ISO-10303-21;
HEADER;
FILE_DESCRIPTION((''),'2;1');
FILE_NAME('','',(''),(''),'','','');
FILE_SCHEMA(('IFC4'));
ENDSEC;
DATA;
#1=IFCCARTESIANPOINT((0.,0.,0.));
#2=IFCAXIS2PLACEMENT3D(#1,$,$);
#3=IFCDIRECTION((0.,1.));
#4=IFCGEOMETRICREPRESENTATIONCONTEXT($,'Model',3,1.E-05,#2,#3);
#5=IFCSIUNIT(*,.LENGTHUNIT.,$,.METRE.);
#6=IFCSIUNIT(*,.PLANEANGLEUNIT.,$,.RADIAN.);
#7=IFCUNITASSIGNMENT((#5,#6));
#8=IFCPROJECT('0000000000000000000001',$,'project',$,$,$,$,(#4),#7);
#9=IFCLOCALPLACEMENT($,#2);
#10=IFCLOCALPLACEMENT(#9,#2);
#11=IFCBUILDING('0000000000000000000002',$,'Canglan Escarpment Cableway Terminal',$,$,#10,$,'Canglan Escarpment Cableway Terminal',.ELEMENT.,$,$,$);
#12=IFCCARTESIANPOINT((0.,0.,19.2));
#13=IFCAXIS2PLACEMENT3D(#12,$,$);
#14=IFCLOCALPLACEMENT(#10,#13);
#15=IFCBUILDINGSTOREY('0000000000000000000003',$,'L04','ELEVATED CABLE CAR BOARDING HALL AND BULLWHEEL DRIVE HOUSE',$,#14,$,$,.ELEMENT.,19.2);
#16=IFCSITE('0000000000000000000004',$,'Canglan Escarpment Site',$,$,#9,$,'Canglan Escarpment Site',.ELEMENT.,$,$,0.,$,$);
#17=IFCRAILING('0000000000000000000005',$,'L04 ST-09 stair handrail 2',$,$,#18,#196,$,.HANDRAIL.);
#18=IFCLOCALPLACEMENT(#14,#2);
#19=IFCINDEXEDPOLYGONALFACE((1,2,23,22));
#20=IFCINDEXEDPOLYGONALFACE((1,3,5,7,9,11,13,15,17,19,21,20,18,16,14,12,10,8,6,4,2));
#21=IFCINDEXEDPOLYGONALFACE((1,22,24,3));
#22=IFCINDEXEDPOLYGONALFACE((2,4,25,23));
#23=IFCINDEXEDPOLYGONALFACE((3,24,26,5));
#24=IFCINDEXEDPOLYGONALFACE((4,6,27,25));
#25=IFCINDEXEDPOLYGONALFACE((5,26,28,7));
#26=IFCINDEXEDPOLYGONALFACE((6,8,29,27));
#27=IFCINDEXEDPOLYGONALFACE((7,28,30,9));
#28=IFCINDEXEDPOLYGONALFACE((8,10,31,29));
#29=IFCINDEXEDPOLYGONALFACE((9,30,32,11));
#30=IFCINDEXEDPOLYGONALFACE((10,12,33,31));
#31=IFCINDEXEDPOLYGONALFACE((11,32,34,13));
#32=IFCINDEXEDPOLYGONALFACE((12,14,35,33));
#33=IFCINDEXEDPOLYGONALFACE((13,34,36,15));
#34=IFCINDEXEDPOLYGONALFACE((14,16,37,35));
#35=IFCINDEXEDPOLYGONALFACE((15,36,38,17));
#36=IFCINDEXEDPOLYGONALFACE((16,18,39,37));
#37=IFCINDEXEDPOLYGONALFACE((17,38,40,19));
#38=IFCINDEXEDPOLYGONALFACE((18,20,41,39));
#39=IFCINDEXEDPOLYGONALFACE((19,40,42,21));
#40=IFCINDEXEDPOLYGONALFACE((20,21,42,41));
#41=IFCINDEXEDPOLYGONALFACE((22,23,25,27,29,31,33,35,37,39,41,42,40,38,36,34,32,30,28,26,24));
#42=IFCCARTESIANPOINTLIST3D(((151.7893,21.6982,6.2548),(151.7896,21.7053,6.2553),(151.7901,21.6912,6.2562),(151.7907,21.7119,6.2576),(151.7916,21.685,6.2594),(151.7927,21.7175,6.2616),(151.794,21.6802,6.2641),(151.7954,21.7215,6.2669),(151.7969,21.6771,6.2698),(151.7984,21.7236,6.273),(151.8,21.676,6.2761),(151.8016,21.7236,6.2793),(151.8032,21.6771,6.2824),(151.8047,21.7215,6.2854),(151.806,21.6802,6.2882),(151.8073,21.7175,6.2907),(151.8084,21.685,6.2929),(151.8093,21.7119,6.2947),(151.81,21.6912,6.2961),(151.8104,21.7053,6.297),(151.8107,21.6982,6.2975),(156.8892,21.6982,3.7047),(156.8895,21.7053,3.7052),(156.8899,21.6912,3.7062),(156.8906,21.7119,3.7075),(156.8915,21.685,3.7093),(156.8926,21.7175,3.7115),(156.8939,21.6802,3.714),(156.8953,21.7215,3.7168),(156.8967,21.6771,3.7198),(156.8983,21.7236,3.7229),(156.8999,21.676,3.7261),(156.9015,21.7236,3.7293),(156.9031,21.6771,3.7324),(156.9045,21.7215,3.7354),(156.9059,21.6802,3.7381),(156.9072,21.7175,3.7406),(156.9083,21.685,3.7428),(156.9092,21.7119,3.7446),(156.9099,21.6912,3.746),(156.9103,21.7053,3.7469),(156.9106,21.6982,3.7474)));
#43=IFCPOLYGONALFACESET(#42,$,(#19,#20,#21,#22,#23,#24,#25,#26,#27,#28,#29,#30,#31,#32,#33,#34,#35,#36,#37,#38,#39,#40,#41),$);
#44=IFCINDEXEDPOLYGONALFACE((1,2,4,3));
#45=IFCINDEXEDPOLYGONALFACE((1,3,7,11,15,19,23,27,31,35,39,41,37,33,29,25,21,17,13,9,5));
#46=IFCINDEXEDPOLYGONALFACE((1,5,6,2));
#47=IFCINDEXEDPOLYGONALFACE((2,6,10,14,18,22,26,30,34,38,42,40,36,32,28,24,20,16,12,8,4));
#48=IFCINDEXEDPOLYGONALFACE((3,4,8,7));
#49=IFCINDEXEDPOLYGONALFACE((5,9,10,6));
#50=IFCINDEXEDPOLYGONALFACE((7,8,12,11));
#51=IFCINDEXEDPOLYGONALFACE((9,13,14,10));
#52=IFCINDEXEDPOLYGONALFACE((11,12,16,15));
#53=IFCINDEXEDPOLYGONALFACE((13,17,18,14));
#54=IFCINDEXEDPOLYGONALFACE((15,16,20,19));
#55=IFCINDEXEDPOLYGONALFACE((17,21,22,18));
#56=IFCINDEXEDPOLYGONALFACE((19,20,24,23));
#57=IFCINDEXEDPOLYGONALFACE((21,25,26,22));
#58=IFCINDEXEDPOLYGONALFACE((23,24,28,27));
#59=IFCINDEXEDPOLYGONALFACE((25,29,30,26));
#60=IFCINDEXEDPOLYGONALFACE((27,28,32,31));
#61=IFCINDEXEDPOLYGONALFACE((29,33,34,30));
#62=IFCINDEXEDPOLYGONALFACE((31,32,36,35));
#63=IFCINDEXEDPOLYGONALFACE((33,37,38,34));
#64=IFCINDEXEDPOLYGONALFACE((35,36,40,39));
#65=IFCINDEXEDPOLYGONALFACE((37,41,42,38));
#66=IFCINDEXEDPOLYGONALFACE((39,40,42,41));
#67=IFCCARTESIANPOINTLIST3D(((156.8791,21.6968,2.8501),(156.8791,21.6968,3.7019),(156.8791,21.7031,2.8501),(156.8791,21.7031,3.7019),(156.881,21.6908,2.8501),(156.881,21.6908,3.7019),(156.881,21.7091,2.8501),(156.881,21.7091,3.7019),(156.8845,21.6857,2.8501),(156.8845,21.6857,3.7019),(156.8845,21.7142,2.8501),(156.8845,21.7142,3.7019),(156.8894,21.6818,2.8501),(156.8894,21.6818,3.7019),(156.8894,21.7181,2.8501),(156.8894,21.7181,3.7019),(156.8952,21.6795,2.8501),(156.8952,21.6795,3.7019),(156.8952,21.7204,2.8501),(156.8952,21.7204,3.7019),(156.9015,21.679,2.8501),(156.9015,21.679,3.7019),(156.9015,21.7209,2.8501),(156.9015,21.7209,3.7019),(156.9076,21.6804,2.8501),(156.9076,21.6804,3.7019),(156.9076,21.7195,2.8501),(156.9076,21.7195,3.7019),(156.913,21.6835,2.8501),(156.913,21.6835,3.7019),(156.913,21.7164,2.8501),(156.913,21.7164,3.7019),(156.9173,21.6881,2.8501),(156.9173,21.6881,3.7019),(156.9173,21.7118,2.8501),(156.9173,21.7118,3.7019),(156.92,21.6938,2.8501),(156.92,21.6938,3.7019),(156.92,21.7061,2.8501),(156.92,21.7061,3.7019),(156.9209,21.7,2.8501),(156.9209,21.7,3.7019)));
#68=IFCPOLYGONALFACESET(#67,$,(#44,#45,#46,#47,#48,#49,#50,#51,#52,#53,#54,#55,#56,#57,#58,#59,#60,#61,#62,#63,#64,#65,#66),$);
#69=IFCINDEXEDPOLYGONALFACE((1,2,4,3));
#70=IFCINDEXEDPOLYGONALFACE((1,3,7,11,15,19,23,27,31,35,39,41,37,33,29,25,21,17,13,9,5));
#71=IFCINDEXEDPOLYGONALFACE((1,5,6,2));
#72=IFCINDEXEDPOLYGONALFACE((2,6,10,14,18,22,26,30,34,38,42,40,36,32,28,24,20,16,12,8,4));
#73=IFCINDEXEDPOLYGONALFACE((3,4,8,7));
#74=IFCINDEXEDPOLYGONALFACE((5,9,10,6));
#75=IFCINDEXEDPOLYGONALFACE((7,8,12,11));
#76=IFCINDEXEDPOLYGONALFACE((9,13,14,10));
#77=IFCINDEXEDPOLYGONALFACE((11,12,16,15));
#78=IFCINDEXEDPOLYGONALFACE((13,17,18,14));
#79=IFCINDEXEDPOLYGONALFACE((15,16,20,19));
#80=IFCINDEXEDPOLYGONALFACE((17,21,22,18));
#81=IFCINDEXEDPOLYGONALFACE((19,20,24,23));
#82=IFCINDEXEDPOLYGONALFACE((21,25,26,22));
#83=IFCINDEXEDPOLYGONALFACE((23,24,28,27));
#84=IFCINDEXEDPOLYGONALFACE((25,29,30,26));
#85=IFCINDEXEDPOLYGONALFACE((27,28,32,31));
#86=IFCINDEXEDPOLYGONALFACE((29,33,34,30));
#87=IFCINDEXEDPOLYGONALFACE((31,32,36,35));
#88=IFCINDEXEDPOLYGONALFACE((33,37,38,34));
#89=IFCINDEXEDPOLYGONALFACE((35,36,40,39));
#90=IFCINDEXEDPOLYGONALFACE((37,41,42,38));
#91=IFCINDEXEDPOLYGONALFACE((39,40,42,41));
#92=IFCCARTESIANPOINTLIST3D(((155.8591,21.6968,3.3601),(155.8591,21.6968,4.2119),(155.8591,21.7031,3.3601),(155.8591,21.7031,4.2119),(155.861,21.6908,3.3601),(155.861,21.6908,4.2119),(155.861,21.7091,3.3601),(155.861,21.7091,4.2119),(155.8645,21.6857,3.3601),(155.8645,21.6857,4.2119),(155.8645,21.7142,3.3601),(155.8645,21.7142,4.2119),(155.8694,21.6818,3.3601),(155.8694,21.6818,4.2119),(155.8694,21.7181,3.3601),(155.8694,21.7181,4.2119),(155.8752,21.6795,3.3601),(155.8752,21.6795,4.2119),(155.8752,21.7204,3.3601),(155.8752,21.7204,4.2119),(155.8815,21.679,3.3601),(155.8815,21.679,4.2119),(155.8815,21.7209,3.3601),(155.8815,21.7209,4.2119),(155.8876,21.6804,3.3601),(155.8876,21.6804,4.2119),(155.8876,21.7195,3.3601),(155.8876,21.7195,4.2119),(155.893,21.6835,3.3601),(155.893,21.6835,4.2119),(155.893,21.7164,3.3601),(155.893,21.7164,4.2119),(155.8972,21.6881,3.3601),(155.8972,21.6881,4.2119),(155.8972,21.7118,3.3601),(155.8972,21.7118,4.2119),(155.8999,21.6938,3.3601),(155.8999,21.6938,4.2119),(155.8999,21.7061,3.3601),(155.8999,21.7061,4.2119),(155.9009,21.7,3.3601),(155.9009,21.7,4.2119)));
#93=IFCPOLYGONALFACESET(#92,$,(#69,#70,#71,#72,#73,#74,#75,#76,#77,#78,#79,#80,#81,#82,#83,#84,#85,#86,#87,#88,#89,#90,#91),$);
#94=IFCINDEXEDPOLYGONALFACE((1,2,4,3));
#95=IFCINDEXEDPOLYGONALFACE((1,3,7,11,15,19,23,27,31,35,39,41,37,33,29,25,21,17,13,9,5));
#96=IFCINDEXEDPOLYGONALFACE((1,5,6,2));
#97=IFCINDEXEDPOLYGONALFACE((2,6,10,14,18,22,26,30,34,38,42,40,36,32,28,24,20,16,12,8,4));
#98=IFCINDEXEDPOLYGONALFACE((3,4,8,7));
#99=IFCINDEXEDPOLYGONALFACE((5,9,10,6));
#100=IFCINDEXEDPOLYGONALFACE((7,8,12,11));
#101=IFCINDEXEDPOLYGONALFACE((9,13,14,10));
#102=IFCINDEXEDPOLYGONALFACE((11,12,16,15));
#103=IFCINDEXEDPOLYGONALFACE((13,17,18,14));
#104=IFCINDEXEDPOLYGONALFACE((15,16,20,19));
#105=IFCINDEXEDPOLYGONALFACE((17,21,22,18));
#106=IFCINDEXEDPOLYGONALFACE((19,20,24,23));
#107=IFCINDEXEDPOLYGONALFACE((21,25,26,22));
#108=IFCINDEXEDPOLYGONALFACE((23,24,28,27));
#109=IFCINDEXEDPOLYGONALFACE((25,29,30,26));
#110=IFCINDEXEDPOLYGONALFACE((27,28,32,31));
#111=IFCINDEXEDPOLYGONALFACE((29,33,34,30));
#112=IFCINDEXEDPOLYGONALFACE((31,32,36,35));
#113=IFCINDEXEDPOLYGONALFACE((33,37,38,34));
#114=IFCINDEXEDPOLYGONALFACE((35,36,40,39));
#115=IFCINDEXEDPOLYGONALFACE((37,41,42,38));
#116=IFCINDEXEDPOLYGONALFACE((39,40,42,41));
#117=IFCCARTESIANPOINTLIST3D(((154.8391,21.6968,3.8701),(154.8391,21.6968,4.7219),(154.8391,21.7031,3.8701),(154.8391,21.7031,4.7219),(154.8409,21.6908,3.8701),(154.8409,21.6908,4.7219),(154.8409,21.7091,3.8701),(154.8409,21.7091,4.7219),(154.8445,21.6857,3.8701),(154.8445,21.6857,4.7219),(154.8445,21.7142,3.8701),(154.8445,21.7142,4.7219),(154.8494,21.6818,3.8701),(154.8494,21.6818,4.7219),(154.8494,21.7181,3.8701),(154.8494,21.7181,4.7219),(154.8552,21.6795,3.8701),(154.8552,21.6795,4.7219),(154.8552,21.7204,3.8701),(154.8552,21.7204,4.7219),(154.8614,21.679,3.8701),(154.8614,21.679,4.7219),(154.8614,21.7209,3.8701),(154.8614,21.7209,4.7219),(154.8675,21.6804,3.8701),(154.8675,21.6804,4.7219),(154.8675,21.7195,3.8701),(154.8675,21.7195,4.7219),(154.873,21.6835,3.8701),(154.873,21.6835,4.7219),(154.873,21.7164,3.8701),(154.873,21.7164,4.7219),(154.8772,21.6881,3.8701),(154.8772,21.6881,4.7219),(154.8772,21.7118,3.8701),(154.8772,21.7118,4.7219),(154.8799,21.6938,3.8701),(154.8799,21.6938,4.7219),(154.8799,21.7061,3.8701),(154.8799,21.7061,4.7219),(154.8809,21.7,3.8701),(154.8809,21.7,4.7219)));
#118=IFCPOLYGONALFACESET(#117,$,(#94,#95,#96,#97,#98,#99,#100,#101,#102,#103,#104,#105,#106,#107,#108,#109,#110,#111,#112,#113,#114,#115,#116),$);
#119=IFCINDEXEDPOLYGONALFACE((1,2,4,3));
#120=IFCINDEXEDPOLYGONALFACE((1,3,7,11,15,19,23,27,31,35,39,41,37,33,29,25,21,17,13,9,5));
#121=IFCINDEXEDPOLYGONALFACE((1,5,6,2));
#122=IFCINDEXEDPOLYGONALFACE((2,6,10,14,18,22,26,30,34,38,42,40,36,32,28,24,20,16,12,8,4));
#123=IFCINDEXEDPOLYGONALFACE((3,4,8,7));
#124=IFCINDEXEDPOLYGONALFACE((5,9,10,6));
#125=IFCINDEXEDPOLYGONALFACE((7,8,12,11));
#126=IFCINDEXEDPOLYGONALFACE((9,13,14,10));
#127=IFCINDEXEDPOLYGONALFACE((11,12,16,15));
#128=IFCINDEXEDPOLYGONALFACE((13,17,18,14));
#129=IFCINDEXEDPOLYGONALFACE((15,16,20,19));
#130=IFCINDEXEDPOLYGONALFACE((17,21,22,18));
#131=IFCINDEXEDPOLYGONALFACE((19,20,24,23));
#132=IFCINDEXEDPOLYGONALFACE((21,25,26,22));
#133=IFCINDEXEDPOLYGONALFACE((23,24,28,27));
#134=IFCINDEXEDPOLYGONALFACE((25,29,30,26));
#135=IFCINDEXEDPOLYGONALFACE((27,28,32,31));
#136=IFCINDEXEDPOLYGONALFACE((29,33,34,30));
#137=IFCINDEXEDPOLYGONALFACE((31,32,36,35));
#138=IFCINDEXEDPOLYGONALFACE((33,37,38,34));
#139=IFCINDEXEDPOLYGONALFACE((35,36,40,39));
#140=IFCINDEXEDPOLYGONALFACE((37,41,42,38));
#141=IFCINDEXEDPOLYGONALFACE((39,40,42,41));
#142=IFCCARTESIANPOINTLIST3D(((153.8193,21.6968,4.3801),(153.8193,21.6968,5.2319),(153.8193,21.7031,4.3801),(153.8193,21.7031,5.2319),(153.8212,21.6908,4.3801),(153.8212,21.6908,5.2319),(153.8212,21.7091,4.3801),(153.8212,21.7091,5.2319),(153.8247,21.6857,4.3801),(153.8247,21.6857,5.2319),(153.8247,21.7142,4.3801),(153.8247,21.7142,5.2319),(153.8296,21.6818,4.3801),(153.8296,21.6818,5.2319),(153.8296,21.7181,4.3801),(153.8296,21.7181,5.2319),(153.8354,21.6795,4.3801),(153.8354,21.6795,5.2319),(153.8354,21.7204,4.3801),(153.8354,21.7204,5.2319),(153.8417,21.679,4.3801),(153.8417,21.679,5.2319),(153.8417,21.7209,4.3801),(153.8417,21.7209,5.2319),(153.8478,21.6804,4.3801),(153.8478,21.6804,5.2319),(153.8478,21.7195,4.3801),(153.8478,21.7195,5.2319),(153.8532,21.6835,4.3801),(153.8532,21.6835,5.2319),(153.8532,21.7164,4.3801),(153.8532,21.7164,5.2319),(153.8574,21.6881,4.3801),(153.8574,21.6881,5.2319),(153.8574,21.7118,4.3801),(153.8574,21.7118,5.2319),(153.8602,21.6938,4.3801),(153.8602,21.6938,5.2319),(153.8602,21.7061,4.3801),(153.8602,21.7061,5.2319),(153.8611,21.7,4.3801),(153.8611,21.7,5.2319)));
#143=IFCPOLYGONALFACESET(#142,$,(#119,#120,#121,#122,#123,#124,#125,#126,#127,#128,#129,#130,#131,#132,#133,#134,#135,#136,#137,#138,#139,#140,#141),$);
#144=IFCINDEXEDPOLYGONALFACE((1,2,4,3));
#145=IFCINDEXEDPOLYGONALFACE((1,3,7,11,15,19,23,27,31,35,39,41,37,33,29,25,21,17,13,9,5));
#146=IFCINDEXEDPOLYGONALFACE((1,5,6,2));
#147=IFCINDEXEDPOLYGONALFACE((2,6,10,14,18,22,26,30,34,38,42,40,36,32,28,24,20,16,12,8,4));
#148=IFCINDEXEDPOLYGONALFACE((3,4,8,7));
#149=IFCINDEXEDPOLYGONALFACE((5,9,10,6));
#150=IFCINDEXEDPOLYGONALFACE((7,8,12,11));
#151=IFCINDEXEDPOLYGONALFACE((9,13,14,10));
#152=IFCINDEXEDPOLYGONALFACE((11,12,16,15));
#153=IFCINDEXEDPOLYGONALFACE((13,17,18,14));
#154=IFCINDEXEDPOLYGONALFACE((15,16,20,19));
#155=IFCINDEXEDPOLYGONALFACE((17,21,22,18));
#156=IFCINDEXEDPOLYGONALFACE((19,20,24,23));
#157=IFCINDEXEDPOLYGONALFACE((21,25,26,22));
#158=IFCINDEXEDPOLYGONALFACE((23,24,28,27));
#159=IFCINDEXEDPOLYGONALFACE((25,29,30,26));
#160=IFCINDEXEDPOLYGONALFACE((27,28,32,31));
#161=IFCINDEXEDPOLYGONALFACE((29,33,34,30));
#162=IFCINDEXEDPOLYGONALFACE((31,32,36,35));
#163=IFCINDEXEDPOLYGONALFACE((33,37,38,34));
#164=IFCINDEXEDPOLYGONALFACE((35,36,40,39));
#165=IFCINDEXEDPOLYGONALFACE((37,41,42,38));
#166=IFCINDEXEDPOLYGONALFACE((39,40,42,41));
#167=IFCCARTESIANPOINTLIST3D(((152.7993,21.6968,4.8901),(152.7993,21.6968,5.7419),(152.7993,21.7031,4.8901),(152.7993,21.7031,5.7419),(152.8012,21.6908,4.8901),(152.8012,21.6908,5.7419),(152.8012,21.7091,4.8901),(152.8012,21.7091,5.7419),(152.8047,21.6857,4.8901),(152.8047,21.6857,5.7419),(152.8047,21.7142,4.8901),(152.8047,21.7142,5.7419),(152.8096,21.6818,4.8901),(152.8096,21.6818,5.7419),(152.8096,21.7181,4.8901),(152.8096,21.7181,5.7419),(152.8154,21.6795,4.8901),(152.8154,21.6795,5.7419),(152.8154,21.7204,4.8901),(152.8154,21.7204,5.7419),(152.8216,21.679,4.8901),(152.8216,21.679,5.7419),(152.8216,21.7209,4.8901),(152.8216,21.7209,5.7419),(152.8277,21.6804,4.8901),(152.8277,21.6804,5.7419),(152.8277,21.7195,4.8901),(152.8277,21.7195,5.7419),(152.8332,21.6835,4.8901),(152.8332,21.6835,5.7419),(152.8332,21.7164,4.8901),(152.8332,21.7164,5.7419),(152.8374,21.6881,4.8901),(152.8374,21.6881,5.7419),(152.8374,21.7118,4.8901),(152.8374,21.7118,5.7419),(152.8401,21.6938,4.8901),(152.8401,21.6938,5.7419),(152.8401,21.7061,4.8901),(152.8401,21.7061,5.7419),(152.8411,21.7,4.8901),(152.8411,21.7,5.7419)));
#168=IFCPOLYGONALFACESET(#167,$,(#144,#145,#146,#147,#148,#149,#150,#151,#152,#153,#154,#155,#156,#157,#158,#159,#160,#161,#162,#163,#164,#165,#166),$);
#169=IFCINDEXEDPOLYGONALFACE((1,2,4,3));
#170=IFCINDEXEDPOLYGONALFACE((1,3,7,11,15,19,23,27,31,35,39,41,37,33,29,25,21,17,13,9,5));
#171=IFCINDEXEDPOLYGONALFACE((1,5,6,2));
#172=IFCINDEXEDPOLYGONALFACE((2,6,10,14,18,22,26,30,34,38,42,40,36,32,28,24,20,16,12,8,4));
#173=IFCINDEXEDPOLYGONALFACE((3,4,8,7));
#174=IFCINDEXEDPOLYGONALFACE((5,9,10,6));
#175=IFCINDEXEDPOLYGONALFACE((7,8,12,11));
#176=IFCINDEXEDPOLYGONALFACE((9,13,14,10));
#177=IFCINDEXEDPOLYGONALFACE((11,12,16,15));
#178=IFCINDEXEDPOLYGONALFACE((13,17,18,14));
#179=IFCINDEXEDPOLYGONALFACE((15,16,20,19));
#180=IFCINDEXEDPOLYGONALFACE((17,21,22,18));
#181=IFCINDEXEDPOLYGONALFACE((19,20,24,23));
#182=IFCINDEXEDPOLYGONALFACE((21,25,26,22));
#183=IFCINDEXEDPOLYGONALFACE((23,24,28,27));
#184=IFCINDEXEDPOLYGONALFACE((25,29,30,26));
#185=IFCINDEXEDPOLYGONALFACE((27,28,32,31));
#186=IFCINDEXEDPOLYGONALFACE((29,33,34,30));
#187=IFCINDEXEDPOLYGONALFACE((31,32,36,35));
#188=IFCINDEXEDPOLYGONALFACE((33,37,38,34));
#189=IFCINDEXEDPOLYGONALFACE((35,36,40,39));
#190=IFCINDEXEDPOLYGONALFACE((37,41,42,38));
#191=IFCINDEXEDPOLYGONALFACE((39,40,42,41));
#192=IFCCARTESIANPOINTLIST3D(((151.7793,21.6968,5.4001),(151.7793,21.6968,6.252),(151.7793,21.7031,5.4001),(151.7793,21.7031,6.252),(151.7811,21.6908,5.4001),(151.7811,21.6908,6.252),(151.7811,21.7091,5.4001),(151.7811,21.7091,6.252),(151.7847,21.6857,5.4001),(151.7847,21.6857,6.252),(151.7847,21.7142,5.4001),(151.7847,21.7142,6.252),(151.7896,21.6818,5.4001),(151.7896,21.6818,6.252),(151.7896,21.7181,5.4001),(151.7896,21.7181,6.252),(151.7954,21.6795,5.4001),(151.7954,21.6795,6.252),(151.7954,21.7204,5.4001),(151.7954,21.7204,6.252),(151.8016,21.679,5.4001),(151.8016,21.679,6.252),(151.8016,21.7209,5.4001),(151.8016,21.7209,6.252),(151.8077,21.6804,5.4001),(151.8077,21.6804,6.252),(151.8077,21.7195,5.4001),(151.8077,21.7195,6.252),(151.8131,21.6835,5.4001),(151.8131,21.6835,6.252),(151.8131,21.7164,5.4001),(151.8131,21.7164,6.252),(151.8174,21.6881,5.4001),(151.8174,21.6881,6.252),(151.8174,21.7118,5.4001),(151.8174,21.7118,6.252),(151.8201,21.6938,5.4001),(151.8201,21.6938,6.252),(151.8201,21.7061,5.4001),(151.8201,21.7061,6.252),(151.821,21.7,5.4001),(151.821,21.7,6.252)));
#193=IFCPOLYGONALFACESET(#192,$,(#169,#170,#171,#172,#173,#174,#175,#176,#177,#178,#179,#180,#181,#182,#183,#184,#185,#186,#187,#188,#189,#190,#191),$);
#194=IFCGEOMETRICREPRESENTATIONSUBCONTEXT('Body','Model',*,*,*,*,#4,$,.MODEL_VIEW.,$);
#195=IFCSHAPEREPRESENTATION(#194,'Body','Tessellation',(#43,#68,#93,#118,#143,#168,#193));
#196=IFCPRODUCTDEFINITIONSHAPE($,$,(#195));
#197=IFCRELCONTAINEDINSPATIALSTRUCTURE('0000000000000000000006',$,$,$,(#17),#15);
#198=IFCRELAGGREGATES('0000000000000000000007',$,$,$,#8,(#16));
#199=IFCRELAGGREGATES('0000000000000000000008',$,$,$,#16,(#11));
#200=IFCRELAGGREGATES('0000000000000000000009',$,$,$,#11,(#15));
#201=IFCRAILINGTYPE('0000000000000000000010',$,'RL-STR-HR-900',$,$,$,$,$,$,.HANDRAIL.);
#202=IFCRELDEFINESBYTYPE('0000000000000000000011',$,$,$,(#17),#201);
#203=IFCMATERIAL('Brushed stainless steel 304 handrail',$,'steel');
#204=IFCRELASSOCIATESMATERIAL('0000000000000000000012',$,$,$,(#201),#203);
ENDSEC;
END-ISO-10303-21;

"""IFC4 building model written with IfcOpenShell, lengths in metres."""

from ifc_helpers import new_model, si_unit, direction, frame, origin, origin_2d, place, context, subcontext, project, spatial, circle, extrude, material, type_object, element, save


model = new_model("IFC4")

# Units and contexts
model_context = context("Model", 3, precision=1e-05, world=origin(), true_north=direction((0.0, 1.0)))
body_context = subcontext(model_context, "Body", "Model", "MODEL_VIEW")
ifc_project = project(units=[si_unit("LENGTHUNIT", "METRE"), si_unit("PLANEANGLEUNIT", "RADIAN")], contexts=[model_context])

# Site, building, storey
site_placement = place(None, origin())
site = spatial("IfcSite", under=ifc_project, at=site_placement, Name="Canglan Escarpment Site", LongName="Canglan Escarpment Site", CompositionType="ELEMENT", RefElevation=0.0)
building_placement = place(site_placement, origin())
building = spatial("IfcBuilding", under=site, at=building_placement, Name="Canglan Escarpment Cableway Terminal", LongName="Canglan Escarpment Cableway Terminal", CompositionType="ELEMENT")
storey_placement = place(building_placement, frame((0.0, 0.0, 19.2)))
storey = spatial("IfcBuildingStorey", under=building, at=storey_placement, Name="L04", Description="ELEVATED CABLE CAR BOARDING HALL AND BULLWHEEL DRIVE HOUSE", CompositionType="ELEMENT", Elevation=19.2)

# Railing
ifc_material_1 = material(Name="Brushed stainless steel 304 handrail", Category="steel")
railing_type_1 = type_object("IfcRailingType", Name="RL-STR-HR-900", PredefinedType="HANDRAIL", material=ifc_material_1)
railing_1_placement = place(storey_placement, frame((156.8999, 21.7, 2.8501)))
element("IfcRailing", 1, at=railing_1_placement, inside=storey, type_object=railing_type_1, Name="L04 ST-09 stair handrail 2", PredefinedType="HANDRAIL", context=body_context, shape_type="SweptSolid", body=[
    extrude(circle(Radius=0.0239, at=origin_2d()), frame((0.0, 0.0, 0.876), z_axis=(-0.894419, 0.0, 0.447231), x_axis=(0.0, -1.0, 0.0)), (0.0, 0.0, 1.0), 5.7019),
    extrude(circle(Radius=0.021, at=origin_2d()), origin(), (0.0, 0.0, 1.0), 0.8518),
    extrude(circle(Radius=0.021, at=origin_2d()), frame((-1.02, 0.0, 0.51)), (0.0, 0.0, 1.0), 0.8518),
    extrude(circle(Radius=0.021, at=origin_2d()), frame((-2.04, 0.0, 1.02)), (0.0, 0.0, 1.0), 0.8518),
    extrude(circle(Radius=0.021, at=origin_2d()), frame((-3.0598, 0.0, 1.53)), (0.0, 0.0, 1.0), 0.8518),
    extrude(circle(Radius=0.021, at=origin_2d()), frame((-4.0798, 0.0, 2.04)), (0.0, 0.0, 1.0), 0.8518),
    extrude(circle(Radius=0.021, at=origin_2d()), frame((-5.0999, 0.0, 2.55)), (0.0, 0.0, 1.0), 0.8518),
])

save(model, "model.ifc")
